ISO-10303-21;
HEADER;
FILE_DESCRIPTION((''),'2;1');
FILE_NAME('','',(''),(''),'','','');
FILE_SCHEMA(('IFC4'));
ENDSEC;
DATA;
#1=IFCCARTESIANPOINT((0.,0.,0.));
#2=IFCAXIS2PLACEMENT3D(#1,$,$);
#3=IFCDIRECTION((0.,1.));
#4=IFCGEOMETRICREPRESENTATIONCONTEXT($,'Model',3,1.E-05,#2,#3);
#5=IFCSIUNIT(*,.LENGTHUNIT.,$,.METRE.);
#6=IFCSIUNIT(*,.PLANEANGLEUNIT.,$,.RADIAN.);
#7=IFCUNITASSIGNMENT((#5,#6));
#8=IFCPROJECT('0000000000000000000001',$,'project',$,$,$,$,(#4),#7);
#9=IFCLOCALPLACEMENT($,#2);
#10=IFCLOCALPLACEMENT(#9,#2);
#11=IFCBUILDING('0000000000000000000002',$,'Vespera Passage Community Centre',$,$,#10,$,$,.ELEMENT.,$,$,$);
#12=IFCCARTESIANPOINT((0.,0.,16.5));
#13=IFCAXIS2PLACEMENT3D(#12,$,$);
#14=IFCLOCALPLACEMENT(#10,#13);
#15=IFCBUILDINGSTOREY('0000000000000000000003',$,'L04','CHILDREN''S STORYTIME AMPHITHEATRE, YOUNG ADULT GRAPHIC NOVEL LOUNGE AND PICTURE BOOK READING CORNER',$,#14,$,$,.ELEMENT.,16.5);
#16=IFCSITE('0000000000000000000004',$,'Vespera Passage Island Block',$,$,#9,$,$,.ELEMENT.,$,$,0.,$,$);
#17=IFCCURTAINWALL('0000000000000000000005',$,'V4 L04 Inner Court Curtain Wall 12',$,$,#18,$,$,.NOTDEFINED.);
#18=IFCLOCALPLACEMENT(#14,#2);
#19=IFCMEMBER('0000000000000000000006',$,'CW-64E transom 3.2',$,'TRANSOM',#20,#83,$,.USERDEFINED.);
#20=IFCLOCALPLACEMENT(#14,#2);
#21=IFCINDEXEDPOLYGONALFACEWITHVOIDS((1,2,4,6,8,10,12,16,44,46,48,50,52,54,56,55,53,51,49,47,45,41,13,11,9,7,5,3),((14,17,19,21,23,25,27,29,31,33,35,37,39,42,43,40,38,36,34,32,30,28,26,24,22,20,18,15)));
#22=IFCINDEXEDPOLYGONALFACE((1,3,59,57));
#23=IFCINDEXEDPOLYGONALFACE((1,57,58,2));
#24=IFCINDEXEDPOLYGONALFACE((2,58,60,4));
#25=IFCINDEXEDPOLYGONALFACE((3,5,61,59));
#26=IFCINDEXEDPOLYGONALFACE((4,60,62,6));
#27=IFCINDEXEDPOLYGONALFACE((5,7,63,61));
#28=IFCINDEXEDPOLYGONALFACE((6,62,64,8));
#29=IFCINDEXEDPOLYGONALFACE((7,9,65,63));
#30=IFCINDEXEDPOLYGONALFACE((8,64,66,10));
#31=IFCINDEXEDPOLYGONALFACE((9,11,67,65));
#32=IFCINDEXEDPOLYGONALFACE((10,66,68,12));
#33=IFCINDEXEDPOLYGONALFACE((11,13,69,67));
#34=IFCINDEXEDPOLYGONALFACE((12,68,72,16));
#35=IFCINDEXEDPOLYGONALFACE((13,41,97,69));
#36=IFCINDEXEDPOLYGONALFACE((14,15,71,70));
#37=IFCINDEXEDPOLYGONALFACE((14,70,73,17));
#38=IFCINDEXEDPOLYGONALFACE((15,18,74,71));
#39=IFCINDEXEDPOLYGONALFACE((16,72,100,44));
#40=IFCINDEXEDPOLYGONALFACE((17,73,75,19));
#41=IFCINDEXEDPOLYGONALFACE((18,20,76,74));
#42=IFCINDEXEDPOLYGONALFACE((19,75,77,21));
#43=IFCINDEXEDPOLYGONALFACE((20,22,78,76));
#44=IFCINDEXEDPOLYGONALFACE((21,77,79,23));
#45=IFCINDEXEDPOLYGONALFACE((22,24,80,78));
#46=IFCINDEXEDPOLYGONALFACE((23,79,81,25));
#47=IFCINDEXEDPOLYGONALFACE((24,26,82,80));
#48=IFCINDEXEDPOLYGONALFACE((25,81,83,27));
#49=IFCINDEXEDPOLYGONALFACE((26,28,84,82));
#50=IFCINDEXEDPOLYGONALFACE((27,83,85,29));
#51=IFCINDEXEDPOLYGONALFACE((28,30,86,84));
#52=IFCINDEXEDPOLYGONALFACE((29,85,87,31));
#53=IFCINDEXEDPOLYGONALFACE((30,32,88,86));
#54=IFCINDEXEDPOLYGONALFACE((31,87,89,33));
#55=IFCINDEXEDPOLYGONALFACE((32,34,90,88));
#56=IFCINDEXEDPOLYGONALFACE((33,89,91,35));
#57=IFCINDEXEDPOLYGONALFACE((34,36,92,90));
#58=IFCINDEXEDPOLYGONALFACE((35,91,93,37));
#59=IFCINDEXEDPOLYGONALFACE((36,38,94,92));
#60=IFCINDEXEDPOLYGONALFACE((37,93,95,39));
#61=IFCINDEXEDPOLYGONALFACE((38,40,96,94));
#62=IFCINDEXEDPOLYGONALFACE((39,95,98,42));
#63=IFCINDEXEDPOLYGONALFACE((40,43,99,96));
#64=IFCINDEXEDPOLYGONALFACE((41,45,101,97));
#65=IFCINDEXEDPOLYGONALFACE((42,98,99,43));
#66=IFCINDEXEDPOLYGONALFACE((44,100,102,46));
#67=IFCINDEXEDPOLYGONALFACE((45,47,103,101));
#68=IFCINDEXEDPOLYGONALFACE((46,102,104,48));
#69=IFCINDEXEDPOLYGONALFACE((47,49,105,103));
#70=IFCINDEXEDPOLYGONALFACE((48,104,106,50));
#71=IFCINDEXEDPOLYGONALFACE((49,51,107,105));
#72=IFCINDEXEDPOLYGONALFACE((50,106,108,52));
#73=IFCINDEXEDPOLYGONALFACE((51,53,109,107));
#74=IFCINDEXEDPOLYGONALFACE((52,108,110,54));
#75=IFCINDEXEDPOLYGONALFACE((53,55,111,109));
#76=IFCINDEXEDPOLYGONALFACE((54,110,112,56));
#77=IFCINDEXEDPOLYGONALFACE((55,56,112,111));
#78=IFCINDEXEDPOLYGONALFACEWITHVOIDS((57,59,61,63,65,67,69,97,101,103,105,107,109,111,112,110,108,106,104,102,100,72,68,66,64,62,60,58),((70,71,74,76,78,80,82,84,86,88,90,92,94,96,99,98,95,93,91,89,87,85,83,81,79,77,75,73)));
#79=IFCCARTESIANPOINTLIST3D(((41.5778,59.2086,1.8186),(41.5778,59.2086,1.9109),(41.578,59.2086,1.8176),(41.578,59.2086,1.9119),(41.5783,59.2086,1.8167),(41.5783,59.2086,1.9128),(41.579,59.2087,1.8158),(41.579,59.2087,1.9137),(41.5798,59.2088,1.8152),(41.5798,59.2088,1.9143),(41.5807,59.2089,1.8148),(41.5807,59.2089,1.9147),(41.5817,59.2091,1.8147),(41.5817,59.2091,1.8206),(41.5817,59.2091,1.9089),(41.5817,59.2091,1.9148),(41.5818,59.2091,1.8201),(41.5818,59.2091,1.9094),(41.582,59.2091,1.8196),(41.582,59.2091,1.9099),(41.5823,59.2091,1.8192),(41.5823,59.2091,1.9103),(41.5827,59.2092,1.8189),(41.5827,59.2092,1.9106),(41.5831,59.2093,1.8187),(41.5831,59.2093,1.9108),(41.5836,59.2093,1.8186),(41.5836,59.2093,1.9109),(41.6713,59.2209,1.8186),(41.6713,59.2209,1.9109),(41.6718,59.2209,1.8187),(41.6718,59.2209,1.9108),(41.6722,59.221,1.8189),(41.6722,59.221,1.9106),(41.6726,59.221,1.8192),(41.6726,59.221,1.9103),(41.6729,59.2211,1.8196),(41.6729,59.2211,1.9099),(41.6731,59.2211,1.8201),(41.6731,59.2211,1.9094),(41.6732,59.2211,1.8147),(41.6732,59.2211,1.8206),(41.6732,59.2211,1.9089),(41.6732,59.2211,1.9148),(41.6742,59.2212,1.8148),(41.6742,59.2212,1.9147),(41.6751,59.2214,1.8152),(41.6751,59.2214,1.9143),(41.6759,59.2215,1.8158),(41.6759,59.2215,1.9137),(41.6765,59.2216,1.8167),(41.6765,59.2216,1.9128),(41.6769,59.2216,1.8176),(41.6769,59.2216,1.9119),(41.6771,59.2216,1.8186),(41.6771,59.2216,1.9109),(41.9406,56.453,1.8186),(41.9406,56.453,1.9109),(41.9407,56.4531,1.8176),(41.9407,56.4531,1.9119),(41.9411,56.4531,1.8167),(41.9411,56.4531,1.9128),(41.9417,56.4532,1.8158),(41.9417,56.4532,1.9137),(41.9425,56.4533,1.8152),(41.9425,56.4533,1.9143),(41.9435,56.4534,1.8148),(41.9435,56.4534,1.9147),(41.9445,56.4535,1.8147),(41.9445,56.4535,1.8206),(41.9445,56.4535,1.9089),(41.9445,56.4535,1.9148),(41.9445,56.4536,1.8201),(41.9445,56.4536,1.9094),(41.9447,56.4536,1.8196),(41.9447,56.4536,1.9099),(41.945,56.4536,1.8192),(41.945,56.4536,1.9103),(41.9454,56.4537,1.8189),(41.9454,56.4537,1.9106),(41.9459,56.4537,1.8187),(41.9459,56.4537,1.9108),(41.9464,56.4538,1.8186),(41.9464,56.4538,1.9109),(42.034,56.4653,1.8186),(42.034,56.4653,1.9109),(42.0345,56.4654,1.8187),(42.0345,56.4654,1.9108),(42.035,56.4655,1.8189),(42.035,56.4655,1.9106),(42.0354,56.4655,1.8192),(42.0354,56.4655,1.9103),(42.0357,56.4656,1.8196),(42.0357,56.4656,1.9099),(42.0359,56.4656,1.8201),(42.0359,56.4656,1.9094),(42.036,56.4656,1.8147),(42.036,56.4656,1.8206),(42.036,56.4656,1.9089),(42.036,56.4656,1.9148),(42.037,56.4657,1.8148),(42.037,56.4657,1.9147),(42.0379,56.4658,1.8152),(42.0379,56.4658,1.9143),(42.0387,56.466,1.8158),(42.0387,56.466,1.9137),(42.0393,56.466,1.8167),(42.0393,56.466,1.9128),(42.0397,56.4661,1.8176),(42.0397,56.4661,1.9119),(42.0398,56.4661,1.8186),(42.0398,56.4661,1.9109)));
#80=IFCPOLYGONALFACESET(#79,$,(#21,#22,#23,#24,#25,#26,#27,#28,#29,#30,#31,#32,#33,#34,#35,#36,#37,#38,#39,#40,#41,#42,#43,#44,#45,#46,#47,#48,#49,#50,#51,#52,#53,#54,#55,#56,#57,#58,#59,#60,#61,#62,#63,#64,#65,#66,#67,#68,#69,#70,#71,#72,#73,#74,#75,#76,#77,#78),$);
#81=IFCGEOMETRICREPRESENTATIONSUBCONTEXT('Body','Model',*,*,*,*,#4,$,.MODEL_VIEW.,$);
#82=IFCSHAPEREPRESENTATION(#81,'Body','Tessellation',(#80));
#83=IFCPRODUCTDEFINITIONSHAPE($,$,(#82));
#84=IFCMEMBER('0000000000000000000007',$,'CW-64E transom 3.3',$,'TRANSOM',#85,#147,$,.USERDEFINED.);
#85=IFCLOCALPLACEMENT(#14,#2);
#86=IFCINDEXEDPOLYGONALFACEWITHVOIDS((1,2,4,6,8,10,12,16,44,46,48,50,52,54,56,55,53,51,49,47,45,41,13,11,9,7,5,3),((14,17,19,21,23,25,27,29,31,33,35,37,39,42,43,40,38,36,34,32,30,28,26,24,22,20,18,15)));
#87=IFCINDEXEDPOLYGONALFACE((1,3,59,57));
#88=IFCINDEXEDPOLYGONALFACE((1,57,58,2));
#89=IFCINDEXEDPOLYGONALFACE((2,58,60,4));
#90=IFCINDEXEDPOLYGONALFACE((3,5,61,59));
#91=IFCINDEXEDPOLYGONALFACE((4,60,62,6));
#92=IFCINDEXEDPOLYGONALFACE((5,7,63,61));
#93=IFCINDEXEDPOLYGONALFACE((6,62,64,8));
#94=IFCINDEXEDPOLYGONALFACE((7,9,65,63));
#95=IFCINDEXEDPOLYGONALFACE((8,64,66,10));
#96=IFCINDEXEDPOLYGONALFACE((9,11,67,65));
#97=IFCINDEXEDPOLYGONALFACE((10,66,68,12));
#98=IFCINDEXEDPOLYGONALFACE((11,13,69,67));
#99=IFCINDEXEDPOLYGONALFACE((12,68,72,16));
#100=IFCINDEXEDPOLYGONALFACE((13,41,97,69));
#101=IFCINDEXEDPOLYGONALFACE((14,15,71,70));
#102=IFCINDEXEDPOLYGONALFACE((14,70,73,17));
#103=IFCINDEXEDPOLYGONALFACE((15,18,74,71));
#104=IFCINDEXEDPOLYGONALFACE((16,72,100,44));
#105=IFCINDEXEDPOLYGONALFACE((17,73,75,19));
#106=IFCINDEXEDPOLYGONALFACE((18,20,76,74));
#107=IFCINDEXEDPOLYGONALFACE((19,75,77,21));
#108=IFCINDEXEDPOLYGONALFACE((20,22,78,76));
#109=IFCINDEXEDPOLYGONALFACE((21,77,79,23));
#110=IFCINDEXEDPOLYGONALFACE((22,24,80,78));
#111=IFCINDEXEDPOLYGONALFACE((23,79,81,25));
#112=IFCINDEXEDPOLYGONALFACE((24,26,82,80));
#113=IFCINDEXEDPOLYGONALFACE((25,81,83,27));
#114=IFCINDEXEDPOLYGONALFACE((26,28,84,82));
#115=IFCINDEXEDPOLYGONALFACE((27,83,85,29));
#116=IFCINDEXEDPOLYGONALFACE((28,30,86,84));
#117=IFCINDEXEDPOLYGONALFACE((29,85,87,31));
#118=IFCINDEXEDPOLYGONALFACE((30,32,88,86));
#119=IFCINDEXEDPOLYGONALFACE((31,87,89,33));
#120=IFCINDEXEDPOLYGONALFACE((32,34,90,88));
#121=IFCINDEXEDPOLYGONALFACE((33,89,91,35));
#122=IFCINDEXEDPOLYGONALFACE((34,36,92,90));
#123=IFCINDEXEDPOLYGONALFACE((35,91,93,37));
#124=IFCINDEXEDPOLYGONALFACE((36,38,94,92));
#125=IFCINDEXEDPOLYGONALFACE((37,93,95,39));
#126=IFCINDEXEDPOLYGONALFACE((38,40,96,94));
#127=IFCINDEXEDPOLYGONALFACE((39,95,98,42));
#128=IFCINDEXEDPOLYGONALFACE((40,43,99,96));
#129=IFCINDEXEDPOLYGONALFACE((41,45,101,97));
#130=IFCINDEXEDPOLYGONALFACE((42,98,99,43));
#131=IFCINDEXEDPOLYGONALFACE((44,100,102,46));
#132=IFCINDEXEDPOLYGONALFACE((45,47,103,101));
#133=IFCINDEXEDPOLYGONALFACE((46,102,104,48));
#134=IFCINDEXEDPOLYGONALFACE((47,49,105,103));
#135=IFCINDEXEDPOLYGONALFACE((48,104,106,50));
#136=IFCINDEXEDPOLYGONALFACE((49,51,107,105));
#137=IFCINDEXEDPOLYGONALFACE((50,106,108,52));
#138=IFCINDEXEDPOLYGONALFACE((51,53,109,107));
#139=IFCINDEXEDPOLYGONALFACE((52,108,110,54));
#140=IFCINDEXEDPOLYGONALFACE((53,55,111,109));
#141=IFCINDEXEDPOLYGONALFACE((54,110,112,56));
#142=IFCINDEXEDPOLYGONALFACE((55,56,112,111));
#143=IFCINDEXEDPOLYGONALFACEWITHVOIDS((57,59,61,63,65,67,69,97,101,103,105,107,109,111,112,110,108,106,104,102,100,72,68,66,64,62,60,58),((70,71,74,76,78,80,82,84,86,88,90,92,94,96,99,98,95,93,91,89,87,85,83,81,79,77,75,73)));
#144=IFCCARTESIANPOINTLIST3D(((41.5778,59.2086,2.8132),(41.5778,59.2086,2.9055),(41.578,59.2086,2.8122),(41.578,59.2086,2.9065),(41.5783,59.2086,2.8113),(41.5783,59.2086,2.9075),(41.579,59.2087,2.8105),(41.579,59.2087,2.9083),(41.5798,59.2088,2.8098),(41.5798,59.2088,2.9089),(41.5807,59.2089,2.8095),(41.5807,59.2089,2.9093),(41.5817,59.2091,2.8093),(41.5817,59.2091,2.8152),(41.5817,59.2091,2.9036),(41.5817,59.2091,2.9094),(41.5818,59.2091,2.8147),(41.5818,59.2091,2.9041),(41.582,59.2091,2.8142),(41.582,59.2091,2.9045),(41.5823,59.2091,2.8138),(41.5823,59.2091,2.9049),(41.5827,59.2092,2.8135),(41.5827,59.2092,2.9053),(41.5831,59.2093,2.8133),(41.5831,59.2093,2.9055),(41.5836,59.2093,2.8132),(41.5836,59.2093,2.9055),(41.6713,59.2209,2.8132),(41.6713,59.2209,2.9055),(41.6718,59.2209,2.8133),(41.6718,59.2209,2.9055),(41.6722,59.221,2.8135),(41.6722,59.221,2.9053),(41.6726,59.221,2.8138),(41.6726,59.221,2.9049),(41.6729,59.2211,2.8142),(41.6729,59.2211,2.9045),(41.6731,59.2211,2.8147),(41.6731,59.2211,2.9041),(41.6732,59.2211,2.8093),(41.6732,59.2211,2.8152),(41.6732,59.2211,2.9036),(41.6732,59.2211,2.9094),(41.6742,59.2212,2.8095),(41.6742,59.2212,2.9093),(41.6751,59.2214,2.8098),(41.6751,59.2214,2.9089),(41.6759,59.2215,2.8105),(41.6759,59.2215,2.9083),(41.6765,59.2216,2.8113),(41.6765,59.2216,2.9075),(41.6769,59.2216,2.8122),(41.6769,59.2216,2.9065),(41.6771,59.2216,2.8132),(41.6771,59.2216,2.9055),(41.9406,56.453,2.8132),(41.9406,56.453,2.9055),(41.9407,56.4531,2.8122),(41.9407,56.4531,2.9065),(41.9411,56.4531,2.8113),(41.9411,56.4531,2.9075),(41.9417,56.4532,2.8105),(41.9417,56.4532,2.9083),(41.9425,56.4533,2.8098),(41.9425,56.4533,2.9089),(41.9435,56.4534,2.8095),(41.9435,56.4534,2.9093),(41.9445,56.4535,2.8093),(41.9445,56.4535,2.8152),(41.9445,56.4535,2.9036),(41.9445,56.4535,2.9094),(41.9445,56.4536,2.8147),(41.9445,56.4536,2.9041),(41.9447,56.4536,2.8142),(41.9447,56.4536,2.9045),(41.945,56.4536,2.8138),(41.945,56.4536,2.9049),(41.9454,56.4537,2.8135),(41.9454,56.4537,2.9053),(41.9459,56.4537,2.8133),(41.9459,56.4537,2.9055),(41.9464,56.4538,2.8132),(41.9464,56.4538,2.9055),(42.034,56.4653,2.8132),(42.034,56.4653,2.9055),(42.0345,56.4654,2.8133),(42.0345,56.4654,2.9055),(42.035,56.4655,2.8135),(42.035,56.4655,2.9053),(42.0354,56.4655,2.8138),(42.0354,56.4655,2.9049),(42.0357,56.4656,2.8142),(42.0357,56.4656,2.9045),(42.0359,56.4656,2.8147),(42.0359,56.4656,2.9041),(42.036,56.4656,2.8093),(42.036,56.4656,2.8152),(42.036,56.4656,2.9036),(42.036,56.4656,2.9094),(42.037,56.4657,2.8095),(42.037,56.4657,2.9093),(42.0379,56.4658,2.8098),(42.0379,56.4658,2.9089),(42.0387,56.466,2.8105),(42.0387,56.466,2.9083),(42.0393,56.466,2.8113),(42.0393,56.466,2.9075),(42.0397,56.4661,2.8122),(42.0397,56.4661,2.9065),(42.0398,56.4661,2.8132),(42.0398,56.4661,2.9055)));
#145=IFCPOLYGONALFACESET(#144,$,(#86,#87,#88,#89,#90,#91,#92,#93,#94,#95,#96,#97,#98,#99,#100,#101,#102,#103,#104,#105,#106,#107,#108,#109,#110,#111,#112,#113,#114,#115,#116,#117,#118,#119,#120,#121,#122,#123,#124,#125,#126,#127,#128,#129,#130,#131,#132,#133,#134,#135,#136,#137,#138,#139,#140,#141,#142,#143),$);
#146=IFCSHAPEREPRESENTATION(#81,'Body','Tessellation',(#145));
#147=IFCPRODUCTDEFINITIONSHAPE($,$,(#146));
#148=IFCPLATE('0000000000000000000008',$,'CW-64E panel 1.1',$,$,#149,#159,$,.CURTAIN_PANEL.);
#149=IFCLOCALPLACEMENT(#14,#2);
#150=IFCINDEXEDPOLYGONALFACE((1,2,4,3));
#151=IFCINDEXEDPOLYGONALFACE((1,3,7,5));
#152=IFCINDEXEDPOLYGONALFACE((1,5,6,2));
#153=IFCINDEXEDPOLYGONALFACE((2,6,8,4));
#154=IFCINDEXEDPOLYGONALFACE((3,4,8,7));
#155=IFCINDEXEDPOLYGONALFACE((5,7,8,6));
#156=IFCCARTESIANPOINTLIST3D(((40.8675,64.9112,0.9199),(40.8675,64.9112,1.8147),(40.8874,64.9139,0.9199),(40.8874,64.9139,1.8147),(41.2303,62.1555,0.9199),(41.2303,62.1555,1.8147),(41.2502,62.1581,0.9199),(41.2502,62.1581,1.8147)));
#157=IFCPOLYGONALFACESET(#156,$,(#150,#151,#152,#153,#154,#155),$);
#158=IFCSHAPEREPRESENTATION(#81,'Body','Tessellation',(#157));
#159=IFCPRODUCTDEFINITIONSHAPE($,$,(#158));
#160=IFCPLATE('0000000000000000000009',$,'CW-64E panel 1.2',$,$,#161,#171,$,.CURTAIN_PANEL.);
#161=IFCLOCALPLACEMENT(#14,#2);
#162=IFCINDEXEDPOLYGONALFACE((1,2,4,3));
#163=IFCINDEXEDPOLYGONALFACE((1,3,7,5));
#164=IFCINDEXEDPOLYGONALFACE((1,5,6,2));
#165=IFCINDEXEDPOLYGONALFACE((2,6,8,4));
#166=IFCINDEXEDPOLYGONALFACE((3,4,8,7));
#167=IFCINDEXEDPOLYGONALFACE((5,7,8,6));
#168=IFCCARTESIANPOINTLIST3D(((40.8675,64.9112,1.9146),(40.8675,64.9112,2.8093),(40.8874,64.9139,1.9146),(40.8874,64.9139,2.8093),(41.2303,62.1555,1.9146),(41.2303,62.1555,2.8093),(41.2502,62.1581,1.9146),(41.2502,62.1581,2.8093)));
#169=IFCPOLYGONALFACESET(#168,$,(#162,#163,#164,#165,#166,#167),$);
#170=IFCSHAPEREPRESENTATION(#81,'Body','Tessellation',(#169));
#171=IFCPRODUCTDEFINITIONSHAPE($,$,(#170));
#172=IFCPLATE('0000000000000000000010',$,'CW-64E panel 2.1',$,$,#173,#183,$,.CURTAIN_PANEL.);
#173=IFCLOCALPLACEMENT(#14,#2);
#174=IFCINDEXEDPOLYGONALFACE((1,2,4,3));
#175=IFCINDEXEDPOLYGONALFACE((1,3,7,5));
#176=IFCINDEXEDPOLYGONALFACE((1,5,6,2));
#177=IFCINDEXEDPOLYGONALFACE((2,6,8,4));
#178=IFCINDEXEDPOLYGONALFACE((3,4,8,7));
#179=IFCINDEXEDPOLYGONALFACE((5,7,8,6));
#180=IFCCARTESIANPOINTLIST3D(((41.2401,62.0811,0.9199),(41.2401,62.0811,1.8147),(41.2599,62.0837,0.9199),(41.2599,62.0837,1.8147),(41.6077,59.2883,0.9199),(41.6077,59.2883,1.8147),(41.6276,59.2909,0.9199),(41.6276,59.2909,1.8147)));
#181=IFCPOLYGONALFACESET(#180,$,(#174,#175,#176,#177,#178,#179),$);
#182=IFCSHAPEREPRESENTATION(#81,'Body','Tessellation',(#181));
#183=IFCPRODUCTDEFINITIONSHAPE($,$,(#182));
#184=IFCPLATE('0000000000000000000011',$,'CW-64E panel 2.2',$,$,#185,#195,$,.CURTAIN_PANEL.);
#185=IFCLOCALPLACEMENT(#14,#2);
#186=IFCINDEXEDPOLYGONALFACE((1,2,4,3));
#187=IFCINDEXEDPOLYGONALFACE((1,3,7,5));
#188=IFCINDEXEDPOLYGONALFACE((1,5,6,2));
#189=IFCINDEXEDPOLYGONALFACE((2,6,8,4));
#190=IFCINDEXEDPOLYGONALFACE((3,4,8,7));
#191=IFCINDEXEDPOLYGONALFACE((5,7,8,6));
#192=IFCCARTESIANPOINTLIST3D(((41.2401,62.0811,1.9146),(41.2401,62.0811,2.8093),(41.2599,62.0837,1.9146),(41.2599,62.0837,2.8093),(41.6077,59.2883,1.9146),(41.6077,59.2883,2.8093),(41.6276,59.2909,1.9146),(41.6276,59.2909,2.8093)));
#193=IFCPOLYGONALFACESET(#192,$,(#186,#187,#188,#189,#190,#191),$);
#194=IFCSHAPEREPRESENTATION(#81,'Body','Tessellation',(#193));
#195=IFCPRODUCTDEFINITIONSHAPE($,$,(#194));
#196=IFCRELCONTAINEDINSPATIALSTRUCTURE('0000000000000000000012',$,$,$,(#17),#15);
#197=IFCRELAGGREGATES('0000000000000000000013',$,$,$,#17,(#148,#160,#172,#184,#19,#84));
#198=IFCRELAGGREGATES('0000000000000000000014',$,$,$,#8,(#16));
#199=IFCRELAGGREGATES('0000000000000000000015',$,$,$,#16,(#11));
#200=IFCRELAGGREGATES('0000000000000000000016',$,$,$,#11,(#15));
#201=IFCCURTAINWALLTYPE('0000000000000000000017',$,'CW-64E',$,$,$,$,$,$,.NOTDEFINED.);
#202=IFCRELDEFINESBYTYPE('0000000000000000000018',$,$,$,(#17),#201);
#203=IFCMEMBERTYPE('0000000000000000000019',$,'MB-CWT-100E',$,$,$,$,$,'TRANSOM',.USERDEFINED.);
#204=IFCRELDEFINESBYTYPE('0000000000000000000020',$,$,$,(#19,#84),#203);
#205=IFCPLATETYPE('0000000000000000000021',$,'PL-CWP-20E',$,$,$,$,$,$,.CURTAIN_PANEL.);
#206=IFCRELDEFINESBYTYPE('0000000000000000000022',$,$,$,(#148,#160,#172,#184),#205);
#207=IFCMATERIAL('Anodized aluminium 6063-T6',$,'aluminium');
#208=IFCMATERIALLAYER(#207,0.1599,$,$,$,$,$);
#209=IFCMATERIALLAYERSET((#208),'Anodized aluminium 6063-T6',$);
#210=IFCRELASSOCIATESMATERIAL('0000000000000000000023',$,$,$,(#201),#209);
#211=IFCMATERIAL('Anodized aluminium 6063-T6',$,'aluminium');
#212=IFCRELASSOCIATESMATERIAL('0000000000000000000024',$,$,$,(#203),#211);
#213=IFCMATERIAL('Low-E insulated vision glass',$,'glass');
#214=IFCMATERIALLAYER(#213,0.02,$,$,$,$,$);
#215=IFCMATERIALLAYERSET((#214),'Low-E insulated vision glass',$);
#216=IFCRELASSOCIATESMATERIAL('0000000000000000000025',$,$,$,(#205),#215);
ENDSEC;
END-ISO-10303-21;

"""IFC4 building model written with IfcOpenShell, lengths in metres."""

from ifc_helpers import new_model, si_unit, direction, frame, origin, origin_2d, place, context, subcontext, project, spatial, rectangle, hollow_rectangle, extrude, material, layer, layer_set, material_profile, profile_set, type_object, element, aggregate, save


model = new_model("IFC4")

# Units and contexts
model_context = context("Model", 3, precision=1e-05, world=origin(), true_north=direction((0.0, 1.0)))
body_context = subcontext(model_context, "Body", "Model", "MODEL_VIEW")
ifc_project = project(units=[si_unit("LENGTHUNIT", "METRE"), si_unit("PLANEANGLEUNIT", "RADIAN")], contexts=[model_context])

# Site, building, storey
site_placement = place(None, origin())
site = spatial("IfcSite", under=ifc_project, at=site_placement, Name="Vespera Passage Island Block", CompositionType="ELEMENT", RefElevation=0.0)
building_placement = place(site_placement, origin())
building = spatial("IfcBuilding", under=site, at=building_placement, Name="Vespera Passage Community Centre", CompositionType="ELEMENT")
storey_placement = place(building_placement, frame((0.0, 0.0, 16.5)))
storey = spatial("IfcBuildingStorey", under=building, at=storey_placement, Name="L04", Description="CHILDREN'S STORYTIME AMPHITHEATRE, YOUNG ADULT GRAPHIC NOVEL LOUNGE AND PICTURE BOOK READING CORNER", CompositionType="ELEMENT", Elevation=16.5)

# Curtain wall, members, plates
ifc_material_1 = material(Name="Anodized aluminium 6063-T6", Category="aluminium")
ifc_layer_1 = layer(ifc_material_1, 0.1599)
ifc_layer_set_1 = layer_set([ifc_layer_1], Name="Anodized aluminium 6063-T6")
curtain_wall_type = type_object("IfcCurtainWallType", Name="CW-64E", PredefinedType="NOTDEFINED", material=ifc_layer_set_1)
curtain_wall_placement = place(storey_placement, origin())
curtain_wall = element("IfcCurtainWall", 1, at=curtain_wall_placement, inside=storey, type_object=curtain_wall_type, Name="V4 L04 Inner Court Curtain Wall 12", PredefinedType="NOTDEFINED")
ifc_material_2 = material(Name="Anodized aluminium 6063-T6", Category="aluminium")
ifc_material_profile_1 = material_profile(ifc_material_2, hollow_rectangle(XDim=0.1001, YDim=0.1001, WallThickness=0.0039, InnerFilletRadius=0.002, OuterFilletRadius=0.0039, at=origin_2d()), Name="ALU100X100X4")
ifc_profile_set_1 = profile_set([ifc_material_profile_1], Name="Anodized aluminium 6063-T6")
member_type_1 = type_object("IfcMemberType", Name="MB-CWT-100E", ElementType="TRANSOM", PredefinedType="USERDEFINED", material=ifc_profile_set_1)
member_1_placement = place(storey_placement, frame((41.6274, 59.2151, 1.8647), z_axis=(0.130529, -0.991444, 0.0), x_axis=(0.991444, 0.130529, 0.0)))
member_1 = element("IfcMember", 2, at=member_1_placement, type_object=member_type_1, Name="CW-64E transom 3.2", ObjectType="TRANSOM", PredefinedType="USERDEFINED", context=body_context, shape_type="SweptSolid", body=[
    extrude(hollow_rectangle(XDim=0.1001, YDim=0.1001, WallThickness=0.0039, InnerFilletRadius=0.002, OuterFilletRadius=0.0039, at=origin_2d()), origin(), (0.0, 0.0, 1.0), 2.7793),
])
member_2_placement = place(storey_placement, frame((41.6274, 59.2151, 2.8594), z_axis=(0.130529, -0.991444, 0.0), x_axis=(0.991444, 0.130529, 0.0)))
member_2 = element("IfcMember", 3, at=member_2_placement, type_object=member_type_1, Name="CW-64E transom 3.3", ObjectType="TRANSOM", PredefinedType="USERDEFINED", context=body_context, shape_type="SweptSolid", body=[
    extrude(hollow_rectangle(XDim=0.1001, YDim=0.1001, WallThickness=0.0039, InnerFilletRadius=0.002, OuterFilletRadius=0.0039, at=origin_2d()), origin(), (0.0, 0.0, 1.0), 2.7793),
])
ifc_material_3 = material(Name="Low-E insulated vision glass", Category="glass")
ifc_layer_2 = layer(ifc_material_3, 0.02)
ifc_layer_set_2 = layer_set([ifc_layer_2], Name="Low-E insulated vision glass")
plate_type = type_object("IfcPlateType", Name="PL-CWP-20E", PredefinedType="CURTAIN_PANEL", material=ifc_layer_set_2)
plate_1_placement = place(storey_placement, frame((41.0588, 63.5347, 0.9199), z_axis=(0.0, 0.0, 1.0), x_axis=(0.130522, -0.991445, 0.0)))
plate_1 = element("IfcPlate", 4, at=plate_1_placement, type_object=plate_type, Name="CW-64E panel 1.1", PredefinedType="CURTAIN_PANEL", context=body_context, shape_type="SweptSolid", body=[
    extrude(rectangle(XDim=2.7795, YDim=0.02, at=origin_2d()), origin(), (0.0, 0.0, 1.0), 0.8948),
])
plate_2_placement = place(storey_placement, frame((41.0588, 63.5347, 1.9146), z_axis=(0.0, 0.0, 1.0), x_axis=(0.130522, -0.991445, 0.0)))
plate_2 = element("IfcPlate", 5, at=plate_2_placement, type_object=plate_type, Name="CW-64E panel 1.2", PredefinedType="CURTAIN_PANEL", context=body_context, shape_type="SweptSolid", body=[
    extrude(rectangle(XDim=2.7795, YDim=0.02, at=origin_2d()), origin(), (0.0, 0.0, 1.0), 0.8948),
])
plate_3_placement = place(storey_placement, frame((41.4338, 60.686, 0.9199), z_axis=(0.0, 0.0, 1.0), x_axis=(0.130522, -0.991445, 0.0)))
plate_3 = element("IfcPlate", 6, at=plate_3_placement, type_object=plate_type, Name="CW-64E panel 2.1", PredefinedType="CURTAIN_PANEL", context=body_context, shape_type="SweptSolid", body=[
    extrude(rectangle(XDim=2.8169, YDim=0.02, at=origin_2d()), origin(), (0.0, 0.0, 1.0), 0.8948),
])
plate_4_placement = place(storey_placement, frame((41.4338, 60.686, 1.9146), z_axis=(0.0, 0.0, 1.0), x_axis=(0.130522, -0.991445, 0.0)))
plate_4 = element("IfcPlate", 7, at=plate_4_placement, type_object=plate_type, Name="CW-64E panel 2.2", PredefinedType="CURTAIN_PANEL", context=body_context, shape_type="SweptSolid", body=[
    extrude(rectangle(XDim=2.8169, YDim=0.02, at=origin_2d()), origin(), (0.0, 0.0, 1.0), 0.8948),
])
aggregate(curtain_wall, [plate_1, plate_2, plate_3, plate_4, member_1, member_2])

save(model, "model.ifc")
